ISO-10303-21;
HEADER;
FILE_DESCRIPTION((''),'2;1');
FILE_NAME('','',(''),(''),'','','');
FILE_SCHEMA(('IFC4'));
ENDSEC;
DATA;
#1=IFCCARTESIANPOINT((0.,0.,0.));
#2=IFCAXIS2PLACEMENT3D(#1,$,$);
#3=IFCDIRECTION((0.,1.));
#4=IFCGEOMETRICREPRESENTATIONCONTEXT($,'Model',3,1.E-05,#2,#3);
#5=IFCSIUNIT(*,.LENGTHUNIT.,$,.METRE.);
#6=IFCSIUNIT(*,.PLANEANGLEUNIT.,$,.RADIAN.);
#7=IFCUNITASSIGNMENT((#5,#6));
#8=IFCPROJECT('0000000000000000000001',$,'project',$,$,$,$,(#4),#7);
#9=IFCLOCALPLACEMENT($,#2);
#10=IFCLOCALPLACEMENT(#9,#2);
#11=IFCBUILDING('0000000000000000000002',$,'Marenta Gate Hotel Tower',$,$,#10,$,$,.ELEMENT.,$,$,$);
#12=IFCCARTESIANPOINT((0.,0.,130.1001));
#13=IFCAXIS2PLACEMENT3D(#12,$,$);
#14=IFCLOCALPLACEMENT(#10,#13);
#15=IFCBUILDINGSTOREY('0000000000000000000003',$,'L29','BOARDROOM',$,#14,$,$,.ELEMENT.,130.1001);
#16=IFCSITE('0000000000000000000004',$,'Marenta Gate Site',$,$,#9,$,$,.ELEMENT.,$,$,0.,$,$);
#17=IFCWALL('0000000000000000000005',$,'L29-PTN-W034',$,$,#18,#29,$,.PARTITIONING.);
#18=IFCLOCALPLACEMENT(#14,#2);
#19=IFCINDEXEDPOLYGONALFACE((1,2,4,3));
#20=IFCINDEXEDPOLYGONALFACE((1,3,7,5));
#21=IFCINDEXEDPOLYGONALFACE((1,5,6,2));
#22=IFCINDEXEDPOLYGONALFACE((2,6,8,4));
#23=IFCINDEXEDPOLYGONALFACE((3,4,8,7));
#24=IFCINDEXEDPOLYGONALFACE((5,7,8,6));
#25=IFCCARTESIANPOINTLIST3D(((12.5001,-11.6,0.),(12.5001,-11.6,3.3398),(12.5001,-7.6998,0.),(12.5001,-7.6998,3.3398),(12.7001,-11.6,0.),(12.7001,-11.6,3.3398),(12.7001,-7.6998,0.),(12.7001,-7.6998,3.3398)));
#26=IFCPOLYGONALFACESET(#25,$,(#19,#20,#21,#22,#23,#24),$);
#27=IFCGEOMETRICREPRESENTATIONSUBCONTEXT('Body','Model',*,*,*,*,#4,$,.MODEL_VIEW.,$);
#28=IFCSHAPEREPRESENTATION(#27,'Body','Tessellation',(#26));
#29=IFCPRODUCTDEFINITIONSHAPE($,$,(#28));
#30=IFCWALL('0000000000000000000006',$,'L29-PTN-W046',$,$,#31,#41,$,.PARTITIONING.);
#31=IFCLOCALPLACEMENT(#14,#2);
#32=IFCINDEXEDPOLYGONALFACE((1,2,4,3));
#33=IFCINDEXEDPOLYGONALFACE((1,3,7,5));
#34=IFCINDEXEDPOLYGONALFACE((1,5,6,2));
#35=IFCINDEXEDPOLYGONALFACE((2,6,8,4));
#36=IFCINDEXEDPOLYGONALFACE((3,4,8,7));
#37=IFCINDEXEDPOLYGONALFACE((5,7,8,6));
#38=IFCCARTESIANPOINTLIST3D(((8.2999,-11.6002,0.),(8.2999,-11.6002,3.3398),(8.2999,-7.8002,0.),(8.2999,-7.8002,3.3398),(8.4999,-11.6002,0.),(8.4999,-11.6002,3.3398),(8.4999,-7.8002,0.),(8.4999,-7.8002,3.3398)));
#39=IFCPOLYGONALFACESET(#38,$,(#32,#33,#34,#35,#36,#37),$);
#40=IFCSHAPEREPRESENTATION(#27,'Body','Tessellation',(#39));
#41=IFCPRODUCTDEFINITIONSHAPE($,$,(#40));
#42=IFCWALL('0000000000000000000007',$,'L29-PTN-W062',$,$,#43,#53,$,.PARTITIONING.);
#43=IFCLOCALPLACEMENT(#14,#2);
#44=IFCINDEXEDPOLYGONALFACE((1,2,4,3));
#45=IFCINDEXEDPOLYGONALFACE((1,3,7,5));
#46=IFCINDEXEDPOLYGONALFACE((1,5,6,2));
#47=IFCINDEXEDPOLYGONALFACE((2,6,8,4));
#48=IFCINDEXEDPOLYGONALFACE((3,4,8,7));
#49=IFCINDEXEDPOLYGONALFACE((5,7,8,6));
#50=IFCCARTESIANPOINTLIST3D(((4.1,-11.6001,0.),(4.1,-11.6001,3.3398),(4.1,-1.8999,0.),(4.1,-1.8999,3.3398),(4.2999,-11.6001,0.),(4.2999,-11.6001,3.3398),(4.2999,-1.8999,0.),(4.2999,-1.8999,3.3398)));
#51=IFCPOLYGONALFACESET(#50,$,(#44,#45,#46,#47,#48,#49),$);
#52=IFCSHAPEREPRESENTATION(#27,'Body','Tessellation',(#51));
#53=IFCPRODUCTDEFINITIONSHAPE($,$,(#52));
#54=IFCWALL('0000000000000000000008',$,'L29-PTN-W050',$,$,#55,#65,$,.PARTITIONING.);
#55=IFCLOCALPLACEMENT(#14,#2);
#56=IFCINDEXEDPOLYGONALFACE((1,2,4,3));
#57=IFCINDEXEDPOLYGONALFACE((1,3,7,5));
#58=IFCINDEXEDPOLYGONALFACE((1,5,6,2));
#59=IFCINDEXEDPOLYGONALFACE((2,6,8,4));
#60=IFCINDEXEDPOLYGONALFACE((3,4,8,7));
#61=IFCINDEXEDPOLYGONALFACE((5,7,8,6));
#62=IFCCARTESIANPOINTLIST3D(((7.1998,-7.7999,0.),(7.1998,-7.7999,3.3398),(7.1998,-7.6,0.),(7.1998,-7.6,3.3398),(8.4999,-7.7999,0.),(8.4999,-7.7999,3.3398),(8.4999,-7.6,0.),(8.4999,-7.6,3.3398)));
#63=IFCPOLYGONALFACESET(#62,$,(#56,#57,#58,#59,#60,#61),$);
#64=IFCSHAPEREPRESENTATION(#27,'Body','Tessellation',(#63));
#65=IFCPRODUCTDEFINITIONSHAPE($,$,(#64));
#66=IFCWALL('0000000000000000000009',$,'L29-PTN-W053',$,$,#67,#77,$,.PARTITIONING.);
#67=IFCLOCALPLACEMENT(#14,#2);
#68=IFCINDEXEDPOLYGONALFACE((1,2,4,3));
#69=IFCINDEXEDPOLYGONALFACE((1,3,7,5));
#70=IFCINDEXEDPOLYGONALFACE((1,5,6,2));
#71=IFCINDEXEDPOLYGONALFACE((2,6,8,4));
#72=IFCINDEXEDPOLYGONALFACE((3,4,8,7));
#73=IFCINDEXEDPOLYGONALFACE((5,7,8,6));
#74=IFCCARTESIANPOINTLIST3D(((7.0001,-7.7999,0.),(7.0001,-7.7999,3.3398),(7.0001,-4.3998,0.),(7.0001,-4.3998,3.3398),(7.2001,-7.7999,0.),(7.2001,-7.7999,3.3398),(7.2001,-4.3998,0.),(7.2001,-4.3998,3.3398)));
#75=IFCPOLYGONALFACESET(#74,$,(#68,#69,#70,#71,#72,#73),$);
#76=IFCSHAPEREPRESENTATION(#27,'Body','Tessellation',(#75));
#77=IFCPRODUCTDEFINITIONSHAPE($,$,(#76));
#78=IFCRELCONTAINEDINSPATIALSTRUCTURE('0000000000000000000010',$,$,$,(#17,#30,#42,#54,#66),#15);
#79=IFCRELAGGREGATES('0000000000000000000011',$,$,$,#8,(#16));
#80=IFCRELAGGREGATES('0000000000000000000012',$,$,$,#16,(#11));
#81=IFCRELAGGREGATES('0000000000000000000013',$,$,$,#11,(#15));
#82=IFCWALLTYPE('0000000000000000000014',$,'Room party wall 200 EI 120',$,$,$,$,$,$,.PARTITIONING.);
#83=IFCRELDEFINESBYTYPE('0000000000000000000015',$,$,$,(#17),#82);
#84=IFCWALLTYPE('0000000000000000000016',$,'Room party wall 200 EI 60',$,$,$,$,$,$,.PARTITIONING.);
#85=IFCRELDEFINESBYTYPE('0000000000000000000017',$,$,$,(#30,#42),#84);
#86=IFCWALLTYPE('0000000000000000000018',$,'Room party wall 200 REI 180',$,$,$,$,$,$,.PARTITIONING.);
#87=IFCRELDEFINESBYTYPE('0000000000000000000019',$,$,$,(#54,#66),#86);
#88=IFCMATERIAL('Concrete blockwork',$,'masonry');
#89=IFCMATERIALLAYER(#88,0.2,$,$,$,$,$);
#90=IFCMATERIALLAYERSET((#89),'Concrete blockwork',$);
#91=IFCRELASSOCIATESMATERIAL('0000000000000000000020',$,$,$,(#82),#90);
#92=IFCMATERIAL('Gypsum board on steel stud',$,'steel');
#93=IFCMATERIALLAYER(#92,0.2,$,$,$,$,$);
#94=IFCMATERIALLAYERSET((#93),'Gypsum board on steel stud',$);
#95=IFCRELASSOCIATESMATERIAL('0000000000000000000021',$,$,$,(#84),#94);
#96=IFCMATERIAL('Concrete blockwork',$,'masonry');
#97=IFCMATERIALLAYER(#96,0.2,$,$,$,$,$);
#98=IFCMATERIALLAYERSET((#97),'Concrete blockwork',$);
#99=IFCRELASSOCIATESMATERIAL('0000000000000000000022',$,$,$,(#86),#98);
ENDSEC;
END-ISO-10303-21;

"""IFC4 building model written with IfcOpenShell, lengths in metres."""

from ifc_helpers import new_model, si_unit, direction, frame, frame_2d, origin, place, context, subcontext, project, spatial, rectangle, extrude, material, layer, layer_set, type_object, element, save


model = new_model("IFC4")

# Units and contexts
model_context = context("Model", 3, precision=1e-05, world=origin(), true_north=direction((0.0, 1.0)))
body_context = subcontext(model_context, "Body", "Model", "MODEL_VIEW")
ifc_project = project(units=[si_unit("LENGTHUNIT", "METRE"), si_unit("PLANEANGLEUNIT", "RADIAN")], contexts=[model_context])

# Site, building, storey
site_placement = place(None, origin())
site = spatial("IfcSite", under=ifc_project, at=site_placement, Name="Marenta Gate Site", CompositionType="ELEMENT", RefElevation=0.0)
building_placement = place(site_placement, origin())
building = spatial("IfcBuilding", under=site, at=building_placement, Name="Marenta Gate Hotel Tower", CompositionType="ELEMENT")
storey_placement = place(building_placement, frame((0.0, 0.0, 130.1001)))
storey = spatial("IfcBuildingStorey", under=building, at=storey_placement, Name="L29", Description="BOARDROOM", CompositionType="ELEMENT", Elevation=130.1001)

# Walls
ifc_material_1 = material(Name="Concrete blockwork", Category="masonry")
ifc_layer_1 = layer(ifc_material_1, 0.2)
ifc_layer_set_1 = layer_set([ifc_layer_1], Name="Concrete blockwork")
wall_type_1 = type_object("IfcWallType", Name="Room party wall 200 EI 120", PredefinedType="PARTITIONING", material=ifc_layer_set_1)
wall_1_placement = place(storey_placement, frame((12.6001, -11.6001, 0.0), z_axis=(0.0, 0.0, 1.0), x_axis=(0.0, 1.0, 0.0)))
element("IfcWall", 1, at=wall_1_placement, inside=storey, type_object=wall_type_1, Name="L29-PTN-W034", PredefinedType="PARTITIONING", context=body_context, shape_type="SweptSolid", body=[
    extrude(rectangle(XDim=3.9001, YDim=0.2, at=frame_2d((1.9502, 0.0))), origin(), (0.0, 0.0, 1.0), 3.3398),
])
ifc_material_2 = material(Name="Gypsum board on steel stud", Category="steel")
ifc_layer_2 = layer(ifc_material_2, 0.2)
ifc_layer_set_2 = layer_set([ifc_layer_2], Name="Gypsum board on steel stud")
wall_type_2 = type_object("IfcWallType", Name="Room party wall 200 EI 60", PredefinedType="PARTITIONING", material=ifc_layer_set_2)
wall_2_placement = place(storey_placement, frame((8.3999, -11.6001, 0.0), z_axis=(0.0, 0.0, 1.0), x_axis=(0.0, 1.0, 0.0)))
element("IfcWall", 2, at=wall_2_placement, inside=storey, type_object=wall_type_2, Name="L29-PTN-W046", PredefinedType="PARTITIONING", context=body_context, shape_type="SweptSolid", body=[
    extrude(rectangle(XDim=3.8, YDim=0.2, at=frame_2d((1.8999, 0.0))), origin(), (0.0, 0.0, 1.0), 3.3398),
])
wall_3_placement = place(storey_placement, frame((4.2, -11.6001, 0.0), z_axis=(0.0, 0.0, 1.0), x_axis=(0.0, 1.0, 0.0)))
element("IfcWall", 3, at=wall_3_placement, inside=storey, type_object=wall_type_2, Name="L29-PTN-W062", PredefinedType="PARTITIONING", context=body_context, shape_type="SweptSolid", body=[
    extrude(rectangle(XDim=9.7002, YDim=0.2, at=frame_2d((4.8501, 0.0))), origin(), (0.0, 0.0, 1.0), 3.3398),
])
ifc_material_3 = material(Name="Concrete blockwork", Category="masonry")
ifc_layer_3 = layer(ifc_material_3, 0.2)
ifc_layer_set_3 = layer_set([ifc_layer_3], Name="Concrete blockwork")
wall_type_3 = type_object("IfcWallType", Name="Room party wall 200 REI 180", PredefinedType="PARTITIONING", material=ifc_layer_set_3)
wall_4_placement = place(storey_placement, frame((7.2, -7.7, 0.0), z_axis=(0.0, 0.0, 1.0), x_axis=(1.0, 0.0, 0.0)))
element("IfcWall", 4, at=wall_4_placement, inside=storey, type_object=wall_type_3, Name="L29-PTN-W050", PredefinedType="PARTITIONING", context=body_context, shape_type="SweptSolid", body=[
    extrude(rectangle(XDim=1.3, YDim=0.2, at=frame_2d((0.6499, 0.0))), origin(), (0.0, 0.0, 1.0), 3.3398),
])
wall_5_placement = place(storey_placement, frame((7.1001, -7.8, 0.0), z_axis=(0.0, 0.0, 1.0), x_axis=(0.0, 1.0, 0.0)))
element("IfcWall", 5, at=wall_5_placement, inside=storey, type_object=wall_type_3, Name="L29-PTN-W053", PredefinedType="PARTITIONING", context=body_context, shape_type="SweptSolid", body=[
    extrude(rectangle(XDim=3.4001, YDim=0.2, at=frame_2d((1.7002, 0.0))), origin(), (0.0, 0.0, 1.0), 3.3398),
])

save(model, "model.ifc")
